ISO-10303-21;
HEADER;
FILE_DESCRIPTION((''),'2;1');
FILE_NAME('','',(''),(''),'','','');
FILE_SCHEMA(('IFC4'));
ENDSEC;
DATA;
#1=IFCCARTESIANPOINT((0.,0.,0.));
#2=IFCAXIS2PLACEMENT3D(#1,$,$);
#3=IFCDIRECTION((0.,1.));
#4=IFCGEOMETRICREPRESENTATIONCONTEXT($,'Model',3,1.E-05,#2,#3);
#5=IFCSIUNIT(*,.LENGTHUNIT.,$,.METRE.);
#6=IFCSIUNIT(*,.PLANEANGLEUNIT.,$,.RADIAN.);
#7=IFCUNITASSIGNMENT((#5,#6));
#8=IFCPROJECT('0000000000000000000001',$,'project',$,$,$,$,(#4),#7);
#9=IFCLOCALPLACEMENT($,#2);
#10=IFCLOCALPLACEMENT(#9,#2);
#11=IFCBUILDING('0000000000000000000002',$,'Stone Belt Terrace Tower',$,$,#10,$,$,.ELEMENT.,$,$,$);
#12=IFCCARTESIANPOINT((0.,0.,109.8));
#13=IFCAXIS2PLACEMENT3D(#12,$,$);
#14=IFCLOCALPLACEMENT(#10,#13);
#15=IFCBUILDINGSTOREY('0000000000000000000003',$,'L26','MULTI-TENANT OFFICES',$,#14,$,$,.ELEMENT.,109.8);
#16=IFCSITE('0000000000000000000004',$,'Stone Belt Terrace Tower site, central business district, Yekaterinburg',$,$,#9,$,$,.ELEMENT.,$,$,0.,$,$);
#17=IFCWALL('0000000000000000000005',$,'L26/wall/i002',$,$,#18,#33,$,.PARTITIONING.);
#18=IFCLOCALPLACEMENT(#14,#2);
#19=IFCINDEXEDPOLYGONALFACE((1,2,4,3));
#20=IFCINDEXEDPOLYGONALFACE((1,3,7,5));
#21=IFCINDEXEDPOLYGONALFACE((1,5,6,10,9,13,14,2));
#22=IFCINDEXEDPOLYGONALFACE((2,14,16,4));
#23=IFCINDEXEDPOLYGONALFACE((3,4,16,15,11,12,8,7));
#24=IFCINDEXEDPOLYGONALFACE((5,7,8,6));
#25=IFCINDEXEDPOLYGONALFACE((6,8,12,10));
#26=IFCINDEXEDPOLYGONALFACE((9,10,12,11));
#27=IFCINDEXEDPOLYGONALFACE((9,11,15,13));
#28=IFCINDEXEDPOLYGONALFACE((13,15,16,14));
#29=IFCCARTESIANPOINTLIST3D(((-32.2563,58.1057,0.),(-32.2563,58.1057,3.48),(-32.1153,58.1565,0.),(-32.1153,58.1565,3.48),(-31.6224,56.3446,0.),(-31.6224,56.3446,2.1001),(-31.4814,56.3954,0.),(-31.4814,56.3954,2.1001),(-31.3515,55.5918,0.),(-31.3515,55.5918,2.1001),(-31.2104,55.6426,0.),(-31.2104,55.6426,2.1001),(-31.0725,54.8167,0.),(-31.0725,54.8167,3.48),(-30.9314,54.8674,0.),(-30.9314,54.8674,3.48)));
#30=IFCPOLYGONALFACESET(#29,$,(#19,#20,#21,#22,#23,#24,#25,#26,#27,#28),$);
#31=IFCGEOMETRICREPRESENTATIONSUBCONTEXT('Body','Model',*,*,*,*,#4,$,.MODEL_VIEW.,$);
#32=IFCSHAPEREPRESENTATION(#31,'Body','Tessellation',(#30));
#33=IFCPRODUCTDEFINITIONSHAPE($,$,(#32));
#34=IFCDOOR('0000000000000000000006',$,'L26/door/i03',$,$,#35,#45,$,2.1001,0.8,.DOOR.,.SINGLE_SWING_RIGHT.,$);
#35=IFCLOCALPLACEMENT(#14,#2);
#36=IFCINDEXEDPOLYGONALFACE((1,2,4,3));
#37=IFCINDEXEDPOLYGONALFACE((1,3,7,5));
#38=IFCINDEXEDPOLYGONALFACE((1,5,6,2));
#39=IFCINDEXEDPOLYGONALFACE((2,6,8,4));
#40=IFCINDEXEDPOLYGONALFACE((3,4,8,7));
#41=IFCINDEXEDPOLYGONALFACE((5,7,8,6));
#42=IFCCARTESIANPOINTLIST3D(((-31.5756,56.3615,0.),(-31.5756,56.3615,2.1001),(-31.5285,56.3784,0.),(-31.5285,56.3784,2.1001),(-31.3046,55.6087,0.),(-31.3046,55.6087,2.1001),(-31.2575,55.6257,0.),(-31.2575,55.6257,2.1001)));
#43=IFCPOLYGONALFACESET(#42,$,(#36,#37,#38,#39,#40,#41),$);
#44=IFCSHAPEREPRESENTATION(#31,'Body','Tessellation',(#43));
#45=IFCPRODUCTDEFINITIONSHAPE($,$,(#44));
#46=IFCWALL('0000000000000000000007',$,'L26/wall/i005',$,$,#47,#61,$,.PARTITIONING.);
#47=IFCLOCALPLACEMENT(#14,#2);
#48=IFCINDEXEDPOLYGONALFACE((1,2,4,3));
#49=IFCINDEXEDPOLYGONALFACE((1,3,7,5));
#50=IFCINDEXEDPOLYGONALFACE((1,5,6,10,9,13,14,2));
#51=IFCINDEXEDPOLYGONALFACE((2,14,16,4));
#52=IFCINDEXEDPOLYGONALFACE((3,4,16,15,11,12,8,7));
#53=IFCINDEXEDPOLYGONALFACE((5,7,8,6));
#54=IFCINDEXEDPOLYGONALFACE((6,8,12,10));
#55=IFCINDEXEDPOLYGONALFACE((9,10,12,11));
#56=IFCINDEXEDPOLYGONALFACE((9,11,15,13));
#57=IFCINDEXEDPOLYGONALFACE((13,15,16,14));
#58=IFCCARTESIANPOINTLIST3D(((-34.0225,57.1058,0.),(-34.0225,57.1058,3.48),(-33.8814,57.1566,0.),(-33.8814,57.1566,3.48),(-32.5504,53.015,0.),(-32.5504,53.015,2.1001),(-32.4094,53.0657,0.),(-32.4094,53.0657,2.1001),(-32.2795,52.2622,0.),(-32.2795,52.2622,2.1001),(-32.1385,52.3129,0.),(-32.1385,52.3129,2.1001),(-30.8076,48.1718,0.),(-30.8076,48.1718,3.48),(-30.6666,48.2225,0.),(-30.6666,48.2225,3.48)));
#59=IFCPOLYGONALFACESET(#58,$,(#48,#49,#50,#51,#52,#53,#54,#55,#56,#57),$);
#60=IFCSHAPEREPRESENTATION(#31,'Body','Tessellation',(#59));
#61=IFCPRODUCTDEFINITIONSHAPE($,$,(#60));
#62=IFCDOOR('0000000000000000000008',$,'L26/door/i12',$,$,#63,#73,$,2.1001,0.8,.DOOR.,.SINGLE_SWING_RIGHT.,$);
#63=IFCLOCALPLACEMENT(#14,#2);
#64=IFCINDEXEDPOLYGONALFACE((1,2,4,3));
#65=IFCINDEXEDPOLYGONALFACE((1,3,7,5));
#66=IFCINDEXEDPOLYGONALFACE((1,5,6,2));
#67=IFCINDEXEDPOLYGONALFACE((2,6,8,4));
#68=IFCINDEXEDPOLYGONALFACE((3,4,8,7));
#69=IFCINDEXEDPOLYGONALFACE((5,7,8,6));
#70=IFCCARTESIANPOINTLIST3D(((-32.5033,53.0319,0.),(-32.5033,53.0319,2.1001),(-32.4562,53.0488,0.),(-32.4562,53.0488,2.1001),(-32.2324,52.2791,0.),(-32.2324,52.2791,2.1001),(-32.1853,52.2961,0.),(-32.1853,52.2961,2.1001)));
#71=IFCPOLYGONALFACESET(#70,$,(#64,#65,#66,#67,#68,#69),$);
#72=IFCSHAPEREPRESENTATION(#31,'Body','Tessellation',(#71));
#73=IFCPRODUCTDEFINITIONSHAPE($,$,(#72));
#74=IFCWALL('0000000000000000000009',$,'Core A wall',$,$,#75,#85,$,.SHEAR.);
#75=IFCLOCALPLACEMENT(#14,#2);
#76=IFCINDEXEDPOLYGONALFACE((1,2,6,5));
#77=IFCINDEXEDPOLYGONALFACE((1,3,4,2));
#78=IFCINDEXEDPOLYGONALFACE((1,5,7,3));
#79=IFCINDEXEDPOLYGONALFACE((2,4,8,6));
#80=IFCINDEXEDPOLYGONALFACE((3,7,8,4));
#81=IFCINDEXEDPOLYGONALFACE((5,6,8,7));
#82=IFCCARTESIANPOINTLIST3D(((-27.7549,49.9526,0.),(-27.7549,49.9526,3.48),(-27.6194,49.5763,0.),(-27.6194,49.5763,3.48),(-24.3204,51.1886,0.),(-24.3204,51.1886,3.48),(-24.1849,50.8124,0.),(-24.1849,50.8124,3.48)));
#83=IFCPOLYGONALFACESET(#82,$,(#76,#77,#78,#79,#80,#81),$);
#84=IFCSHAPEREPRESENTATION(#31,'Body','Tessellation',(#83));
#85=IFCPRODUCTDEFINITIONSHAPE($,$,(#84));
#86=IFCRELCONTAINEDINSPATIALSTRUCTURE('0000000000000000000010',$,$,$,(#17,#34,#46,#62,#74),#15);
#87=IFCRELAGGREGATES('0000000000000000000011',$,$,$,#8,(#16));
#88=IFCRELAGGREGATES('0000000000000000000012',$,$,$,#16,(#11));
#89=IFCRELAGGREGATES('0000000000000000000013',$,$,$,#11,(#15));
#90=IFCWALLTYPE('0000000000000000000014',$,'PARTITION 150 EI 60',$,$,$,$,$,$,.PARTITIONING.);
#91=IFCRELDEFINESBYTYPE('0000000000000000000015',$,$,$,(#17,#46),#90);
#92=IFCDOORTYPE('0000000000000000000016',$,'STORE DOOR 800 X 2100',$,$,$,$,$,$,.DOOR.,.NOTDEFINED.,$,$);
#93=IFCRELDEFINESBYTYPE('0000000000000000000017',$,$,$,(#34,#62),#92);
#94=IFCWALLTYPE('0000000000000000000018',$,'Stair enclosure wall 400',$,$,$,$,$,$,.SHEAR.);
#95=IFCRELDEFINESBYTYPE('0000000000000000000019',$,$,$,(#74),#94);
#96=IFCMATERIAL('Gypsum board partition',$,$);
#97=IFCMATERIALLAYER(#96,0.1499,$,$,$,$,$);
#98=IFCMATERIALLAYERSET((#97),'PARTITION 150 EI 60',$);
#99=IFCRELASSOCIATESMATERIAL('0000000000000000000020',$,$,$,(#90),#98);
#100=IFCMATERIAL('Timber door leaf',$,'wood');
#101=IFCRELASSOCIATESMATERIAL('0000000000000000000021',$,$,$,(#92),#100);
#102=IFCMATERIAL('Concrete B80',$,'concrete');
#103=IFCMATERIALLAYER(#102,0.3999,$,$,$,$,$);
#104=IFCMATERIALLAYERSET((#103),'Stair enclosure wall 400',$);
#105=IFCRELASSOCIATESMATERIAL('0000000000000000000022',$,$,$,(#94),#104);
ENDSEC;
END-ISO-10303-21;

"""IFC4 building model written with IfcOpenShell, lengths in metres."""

from ifc_helpers import new_model, si_unit, direction, frame, frame_2d, origin, place, context, subcontext, project, spatial, rectangle, extrude, material, layer, layer_set, type_object, element, fill, save


model = new_model("IFC4")

# Units and contexts
model_context = context("Model", 3, precision=1e-05, world=origin(), true_north=direction((0.0, 1.0)))
body_context = subcontext(model_context, "Body", "Model", "MODEL_VIEW")
ifc_project = project(units=[si_unit("LENGTHUNIT", "METRE"), si_unit("PLANEANGLEUNIT", "RADIAN")], contexts=[model_context])

# Site, building, storey
site_placement = place(None, origin())
site = spatial("IfcSite", under=ifc_project, at=site_placement, Name="Stone Belt Terrace Tower site, central business district, Yekaterinburg", CompositionType="ELEMENT", RefElevation=0.0)
building_placement = place(site_placement, origin())
building = spatial("IfcBuilding", under=site, at=building_placement, Name="Stone Belt Terrace Tower", CompositionType="ELEMENT")
storey_placement = place(building_placement, frame((0.0, 0.0, 109.8)))
storey = spatial("IfcBuildingStorey", under=building, at=storey_placement, Name="L26", Description="MULTI-TENANT OFFICES", CompositionType="ELEMENT", Elevation=109.8)

# Shared definitions
ifc_material_1 = material(Name="Concrete B80", Category="concrete")

# Shared definitions
ifc_material_2 = material(Name="Timber door leaf", Category="wood")

# Walls, openings, doors
ifc_material_3 = material(Name="Gypsum board partition")
ifc_layer_1 = layer(ifc_material_3, 0.1499)
ifc_layer_set_1 = layer_set([ifc_layer_1], Name="PARTITION 150 EI 60")
wall_type_1 = type_object("IfcWallType", Name="PARTITION 150 EI 60", PredefinedType="PARTITIONING", material=ifc_layer_set_1)
wall_1_placement = place(storey_placement, frame((-32.1858, 58.1311, 0.0), z_axis=(0.0, 0.0, 1.0), x_axis=(0.338663, -0.940908, 0.0)))
wall_1 = element("IfcWall", 1, at=wall_1_placement, inside=storey, type_object=wall_type_1, Name="L26/wall/i002", PredefinedType="PARTITIONING", context=body_context, shape_type="SweptSolid", body=[
    extrude(rectangle(XDim=3.4956, YDim=0.1499, at=frame_2d((1.7478, 0.0))), origin(), (0.0, 0.0, 1.0), 3.48),
])
opening_1_placement = place(wall_1_placement, frame((1.8718, 0.0, 0.0)))
opening_1 = element("IfcOpeningElement", 2, at=opening_1_placement, cuts=wall_1, PredefinedType="OPENING", context=body_context, shape_type="SweptSolid", body=[
    extrude(rectangle(XDim=0.8, YDim=2.1001, at=frame_2d((0.3999, 1.05))), frame((0.0, 0.085, 0.0), z_axis=(0.0, -1.0, 0.0), x_axis=(1.0, 0.0, 0.0)), (0.0, 0.0, 1.0), 0.1699),
])
door_type_1 = type_object("IfcDoorType", Name="STORE DOOR 800 X 2100", OperationType="NOTDEFINED", PredefinedType="DOOR", material=ifc_material_2)
door_1_placement = place(opening_1_placement, origin())
door_1 = element("IfcDoor", 3, at=door_1_placement, inside=storey, type_object=door_type_1, Name="L26/door/i03", OperationType="SINGLE_SWING_RIGHT", OverallHeight=2.1001, OverallWidth=0.8, PredefinedType="DOOR", context=body_context, shape_type="SweptSolid", body=[
    extrude(rectangle(XDim=0.8, YDim=2.1001, at=frame_2d((0.3999, 1.05))), frame((0.0, 0.0249, 0.0), z_axis=(0.0, -1.0, 0.0), x_axis=(1.0, 0.0, 0.0)), (0.0, 0.0, 1.0), 0.05),
])
fill(opening_1, door_1)
wall_2_placement = place(storey_placement, frame((-30.7371, 48.197, 0.0), z_axis=(0.0, 0.0, 1.0), x_axis=(-0.338587, 0.940935, 0.0)))
wall_2 = element("IfcWall", 4, at=wall_2_placement, inside=storey, type_object=wall_type_1, Name="L26/wall/i005", PredefinedType="PARTITIONING", context=body_context, shape_type="SweptSolid", body=[
    extrude(rectangle(XDim=9.4949, YDim=0.1499, at=frame_2d((4.7476, 0.0))), origin(), (0.0, 0.0, 1.0), 3.48),
])
opening_2_placement = place(wall_2_placement, frame((4.3474, 0.0, 0.0)))
opening_2 = element("IfcOpeningElement", 5, at=opening_2_placement, cuts=wall_2, PredefinedType="OPENING", context=body_context, shape_type="SweptSolid", body=[
    extrude(rectangle(XDim=0.8, YDim=2.1001, at=frame_2d((0.3999, 1.05))), frame((0.0, 0.085, 0.0), z_axis=(0.0, -1.0, 0.0), x_axis=(1.0, 0.0, 0.0)), (0.0, 0.0, 1.0), 0.1699),
])
door_2_placement = place(opening_2_placement, origin())
door_2 = element("IfcDoor", 6, at=door_2_placement, inside=storey, type_object=door_type_1, Name="L26/door/i12", OperationType="SINGLE_SWING_RIGHT", OverallHeight=2.1001, OverallWidth=0.8, PredefinedType="DOOR", context=body_context, shape_type="SweptSolid", body=[
    extrude(rectangle(XDim=0.8, YDim=2.1001, at=frame_2d((0.3999, 1.05))), frame((0.0, 0.0249, 0.0), z_axis=(0.0, -1.0, 0.0), x_axis=(1.0, 0.0, 0.0)), (0.0, 0.0, 1.0), 0.05),
])
fill(opening_2, door_2)

# Wall
ifc_layer_2 = layer(ifc_material_1, 0.3999)
ifc_layer_set_2 = layer_set([ifc_layer_2], Name="Stair enclosure wall 400")
wall_type_2 = type_object("IfcWallType", Name="Stair enclosure wall 400", PredefinedType="SHEAR", material=ifc_layer_set_2)
wall_3_placement = place(storey_placement, frame((-27.6873, 49.7644, 0.0), z_axis=(0.0, 0.0, 1.0), x_axis=(0.940919, 0.338632, 0.0)))
element("IfcWall", 7, at=wall_3_placement, inside=storey, type_object=wall_type_2, Name="Core A wall", PredefinedType="SHEAR", context=body_context, shape_type="SweptSolid", body=[
    extrude(rectangle(XDim=3.6501, YDim=0.3999, at=frame_2d((1.8252, 0.0))), origin(), (0.0, 0.0, 1.0), 3.48),
])

save(model, "model.ifc")
